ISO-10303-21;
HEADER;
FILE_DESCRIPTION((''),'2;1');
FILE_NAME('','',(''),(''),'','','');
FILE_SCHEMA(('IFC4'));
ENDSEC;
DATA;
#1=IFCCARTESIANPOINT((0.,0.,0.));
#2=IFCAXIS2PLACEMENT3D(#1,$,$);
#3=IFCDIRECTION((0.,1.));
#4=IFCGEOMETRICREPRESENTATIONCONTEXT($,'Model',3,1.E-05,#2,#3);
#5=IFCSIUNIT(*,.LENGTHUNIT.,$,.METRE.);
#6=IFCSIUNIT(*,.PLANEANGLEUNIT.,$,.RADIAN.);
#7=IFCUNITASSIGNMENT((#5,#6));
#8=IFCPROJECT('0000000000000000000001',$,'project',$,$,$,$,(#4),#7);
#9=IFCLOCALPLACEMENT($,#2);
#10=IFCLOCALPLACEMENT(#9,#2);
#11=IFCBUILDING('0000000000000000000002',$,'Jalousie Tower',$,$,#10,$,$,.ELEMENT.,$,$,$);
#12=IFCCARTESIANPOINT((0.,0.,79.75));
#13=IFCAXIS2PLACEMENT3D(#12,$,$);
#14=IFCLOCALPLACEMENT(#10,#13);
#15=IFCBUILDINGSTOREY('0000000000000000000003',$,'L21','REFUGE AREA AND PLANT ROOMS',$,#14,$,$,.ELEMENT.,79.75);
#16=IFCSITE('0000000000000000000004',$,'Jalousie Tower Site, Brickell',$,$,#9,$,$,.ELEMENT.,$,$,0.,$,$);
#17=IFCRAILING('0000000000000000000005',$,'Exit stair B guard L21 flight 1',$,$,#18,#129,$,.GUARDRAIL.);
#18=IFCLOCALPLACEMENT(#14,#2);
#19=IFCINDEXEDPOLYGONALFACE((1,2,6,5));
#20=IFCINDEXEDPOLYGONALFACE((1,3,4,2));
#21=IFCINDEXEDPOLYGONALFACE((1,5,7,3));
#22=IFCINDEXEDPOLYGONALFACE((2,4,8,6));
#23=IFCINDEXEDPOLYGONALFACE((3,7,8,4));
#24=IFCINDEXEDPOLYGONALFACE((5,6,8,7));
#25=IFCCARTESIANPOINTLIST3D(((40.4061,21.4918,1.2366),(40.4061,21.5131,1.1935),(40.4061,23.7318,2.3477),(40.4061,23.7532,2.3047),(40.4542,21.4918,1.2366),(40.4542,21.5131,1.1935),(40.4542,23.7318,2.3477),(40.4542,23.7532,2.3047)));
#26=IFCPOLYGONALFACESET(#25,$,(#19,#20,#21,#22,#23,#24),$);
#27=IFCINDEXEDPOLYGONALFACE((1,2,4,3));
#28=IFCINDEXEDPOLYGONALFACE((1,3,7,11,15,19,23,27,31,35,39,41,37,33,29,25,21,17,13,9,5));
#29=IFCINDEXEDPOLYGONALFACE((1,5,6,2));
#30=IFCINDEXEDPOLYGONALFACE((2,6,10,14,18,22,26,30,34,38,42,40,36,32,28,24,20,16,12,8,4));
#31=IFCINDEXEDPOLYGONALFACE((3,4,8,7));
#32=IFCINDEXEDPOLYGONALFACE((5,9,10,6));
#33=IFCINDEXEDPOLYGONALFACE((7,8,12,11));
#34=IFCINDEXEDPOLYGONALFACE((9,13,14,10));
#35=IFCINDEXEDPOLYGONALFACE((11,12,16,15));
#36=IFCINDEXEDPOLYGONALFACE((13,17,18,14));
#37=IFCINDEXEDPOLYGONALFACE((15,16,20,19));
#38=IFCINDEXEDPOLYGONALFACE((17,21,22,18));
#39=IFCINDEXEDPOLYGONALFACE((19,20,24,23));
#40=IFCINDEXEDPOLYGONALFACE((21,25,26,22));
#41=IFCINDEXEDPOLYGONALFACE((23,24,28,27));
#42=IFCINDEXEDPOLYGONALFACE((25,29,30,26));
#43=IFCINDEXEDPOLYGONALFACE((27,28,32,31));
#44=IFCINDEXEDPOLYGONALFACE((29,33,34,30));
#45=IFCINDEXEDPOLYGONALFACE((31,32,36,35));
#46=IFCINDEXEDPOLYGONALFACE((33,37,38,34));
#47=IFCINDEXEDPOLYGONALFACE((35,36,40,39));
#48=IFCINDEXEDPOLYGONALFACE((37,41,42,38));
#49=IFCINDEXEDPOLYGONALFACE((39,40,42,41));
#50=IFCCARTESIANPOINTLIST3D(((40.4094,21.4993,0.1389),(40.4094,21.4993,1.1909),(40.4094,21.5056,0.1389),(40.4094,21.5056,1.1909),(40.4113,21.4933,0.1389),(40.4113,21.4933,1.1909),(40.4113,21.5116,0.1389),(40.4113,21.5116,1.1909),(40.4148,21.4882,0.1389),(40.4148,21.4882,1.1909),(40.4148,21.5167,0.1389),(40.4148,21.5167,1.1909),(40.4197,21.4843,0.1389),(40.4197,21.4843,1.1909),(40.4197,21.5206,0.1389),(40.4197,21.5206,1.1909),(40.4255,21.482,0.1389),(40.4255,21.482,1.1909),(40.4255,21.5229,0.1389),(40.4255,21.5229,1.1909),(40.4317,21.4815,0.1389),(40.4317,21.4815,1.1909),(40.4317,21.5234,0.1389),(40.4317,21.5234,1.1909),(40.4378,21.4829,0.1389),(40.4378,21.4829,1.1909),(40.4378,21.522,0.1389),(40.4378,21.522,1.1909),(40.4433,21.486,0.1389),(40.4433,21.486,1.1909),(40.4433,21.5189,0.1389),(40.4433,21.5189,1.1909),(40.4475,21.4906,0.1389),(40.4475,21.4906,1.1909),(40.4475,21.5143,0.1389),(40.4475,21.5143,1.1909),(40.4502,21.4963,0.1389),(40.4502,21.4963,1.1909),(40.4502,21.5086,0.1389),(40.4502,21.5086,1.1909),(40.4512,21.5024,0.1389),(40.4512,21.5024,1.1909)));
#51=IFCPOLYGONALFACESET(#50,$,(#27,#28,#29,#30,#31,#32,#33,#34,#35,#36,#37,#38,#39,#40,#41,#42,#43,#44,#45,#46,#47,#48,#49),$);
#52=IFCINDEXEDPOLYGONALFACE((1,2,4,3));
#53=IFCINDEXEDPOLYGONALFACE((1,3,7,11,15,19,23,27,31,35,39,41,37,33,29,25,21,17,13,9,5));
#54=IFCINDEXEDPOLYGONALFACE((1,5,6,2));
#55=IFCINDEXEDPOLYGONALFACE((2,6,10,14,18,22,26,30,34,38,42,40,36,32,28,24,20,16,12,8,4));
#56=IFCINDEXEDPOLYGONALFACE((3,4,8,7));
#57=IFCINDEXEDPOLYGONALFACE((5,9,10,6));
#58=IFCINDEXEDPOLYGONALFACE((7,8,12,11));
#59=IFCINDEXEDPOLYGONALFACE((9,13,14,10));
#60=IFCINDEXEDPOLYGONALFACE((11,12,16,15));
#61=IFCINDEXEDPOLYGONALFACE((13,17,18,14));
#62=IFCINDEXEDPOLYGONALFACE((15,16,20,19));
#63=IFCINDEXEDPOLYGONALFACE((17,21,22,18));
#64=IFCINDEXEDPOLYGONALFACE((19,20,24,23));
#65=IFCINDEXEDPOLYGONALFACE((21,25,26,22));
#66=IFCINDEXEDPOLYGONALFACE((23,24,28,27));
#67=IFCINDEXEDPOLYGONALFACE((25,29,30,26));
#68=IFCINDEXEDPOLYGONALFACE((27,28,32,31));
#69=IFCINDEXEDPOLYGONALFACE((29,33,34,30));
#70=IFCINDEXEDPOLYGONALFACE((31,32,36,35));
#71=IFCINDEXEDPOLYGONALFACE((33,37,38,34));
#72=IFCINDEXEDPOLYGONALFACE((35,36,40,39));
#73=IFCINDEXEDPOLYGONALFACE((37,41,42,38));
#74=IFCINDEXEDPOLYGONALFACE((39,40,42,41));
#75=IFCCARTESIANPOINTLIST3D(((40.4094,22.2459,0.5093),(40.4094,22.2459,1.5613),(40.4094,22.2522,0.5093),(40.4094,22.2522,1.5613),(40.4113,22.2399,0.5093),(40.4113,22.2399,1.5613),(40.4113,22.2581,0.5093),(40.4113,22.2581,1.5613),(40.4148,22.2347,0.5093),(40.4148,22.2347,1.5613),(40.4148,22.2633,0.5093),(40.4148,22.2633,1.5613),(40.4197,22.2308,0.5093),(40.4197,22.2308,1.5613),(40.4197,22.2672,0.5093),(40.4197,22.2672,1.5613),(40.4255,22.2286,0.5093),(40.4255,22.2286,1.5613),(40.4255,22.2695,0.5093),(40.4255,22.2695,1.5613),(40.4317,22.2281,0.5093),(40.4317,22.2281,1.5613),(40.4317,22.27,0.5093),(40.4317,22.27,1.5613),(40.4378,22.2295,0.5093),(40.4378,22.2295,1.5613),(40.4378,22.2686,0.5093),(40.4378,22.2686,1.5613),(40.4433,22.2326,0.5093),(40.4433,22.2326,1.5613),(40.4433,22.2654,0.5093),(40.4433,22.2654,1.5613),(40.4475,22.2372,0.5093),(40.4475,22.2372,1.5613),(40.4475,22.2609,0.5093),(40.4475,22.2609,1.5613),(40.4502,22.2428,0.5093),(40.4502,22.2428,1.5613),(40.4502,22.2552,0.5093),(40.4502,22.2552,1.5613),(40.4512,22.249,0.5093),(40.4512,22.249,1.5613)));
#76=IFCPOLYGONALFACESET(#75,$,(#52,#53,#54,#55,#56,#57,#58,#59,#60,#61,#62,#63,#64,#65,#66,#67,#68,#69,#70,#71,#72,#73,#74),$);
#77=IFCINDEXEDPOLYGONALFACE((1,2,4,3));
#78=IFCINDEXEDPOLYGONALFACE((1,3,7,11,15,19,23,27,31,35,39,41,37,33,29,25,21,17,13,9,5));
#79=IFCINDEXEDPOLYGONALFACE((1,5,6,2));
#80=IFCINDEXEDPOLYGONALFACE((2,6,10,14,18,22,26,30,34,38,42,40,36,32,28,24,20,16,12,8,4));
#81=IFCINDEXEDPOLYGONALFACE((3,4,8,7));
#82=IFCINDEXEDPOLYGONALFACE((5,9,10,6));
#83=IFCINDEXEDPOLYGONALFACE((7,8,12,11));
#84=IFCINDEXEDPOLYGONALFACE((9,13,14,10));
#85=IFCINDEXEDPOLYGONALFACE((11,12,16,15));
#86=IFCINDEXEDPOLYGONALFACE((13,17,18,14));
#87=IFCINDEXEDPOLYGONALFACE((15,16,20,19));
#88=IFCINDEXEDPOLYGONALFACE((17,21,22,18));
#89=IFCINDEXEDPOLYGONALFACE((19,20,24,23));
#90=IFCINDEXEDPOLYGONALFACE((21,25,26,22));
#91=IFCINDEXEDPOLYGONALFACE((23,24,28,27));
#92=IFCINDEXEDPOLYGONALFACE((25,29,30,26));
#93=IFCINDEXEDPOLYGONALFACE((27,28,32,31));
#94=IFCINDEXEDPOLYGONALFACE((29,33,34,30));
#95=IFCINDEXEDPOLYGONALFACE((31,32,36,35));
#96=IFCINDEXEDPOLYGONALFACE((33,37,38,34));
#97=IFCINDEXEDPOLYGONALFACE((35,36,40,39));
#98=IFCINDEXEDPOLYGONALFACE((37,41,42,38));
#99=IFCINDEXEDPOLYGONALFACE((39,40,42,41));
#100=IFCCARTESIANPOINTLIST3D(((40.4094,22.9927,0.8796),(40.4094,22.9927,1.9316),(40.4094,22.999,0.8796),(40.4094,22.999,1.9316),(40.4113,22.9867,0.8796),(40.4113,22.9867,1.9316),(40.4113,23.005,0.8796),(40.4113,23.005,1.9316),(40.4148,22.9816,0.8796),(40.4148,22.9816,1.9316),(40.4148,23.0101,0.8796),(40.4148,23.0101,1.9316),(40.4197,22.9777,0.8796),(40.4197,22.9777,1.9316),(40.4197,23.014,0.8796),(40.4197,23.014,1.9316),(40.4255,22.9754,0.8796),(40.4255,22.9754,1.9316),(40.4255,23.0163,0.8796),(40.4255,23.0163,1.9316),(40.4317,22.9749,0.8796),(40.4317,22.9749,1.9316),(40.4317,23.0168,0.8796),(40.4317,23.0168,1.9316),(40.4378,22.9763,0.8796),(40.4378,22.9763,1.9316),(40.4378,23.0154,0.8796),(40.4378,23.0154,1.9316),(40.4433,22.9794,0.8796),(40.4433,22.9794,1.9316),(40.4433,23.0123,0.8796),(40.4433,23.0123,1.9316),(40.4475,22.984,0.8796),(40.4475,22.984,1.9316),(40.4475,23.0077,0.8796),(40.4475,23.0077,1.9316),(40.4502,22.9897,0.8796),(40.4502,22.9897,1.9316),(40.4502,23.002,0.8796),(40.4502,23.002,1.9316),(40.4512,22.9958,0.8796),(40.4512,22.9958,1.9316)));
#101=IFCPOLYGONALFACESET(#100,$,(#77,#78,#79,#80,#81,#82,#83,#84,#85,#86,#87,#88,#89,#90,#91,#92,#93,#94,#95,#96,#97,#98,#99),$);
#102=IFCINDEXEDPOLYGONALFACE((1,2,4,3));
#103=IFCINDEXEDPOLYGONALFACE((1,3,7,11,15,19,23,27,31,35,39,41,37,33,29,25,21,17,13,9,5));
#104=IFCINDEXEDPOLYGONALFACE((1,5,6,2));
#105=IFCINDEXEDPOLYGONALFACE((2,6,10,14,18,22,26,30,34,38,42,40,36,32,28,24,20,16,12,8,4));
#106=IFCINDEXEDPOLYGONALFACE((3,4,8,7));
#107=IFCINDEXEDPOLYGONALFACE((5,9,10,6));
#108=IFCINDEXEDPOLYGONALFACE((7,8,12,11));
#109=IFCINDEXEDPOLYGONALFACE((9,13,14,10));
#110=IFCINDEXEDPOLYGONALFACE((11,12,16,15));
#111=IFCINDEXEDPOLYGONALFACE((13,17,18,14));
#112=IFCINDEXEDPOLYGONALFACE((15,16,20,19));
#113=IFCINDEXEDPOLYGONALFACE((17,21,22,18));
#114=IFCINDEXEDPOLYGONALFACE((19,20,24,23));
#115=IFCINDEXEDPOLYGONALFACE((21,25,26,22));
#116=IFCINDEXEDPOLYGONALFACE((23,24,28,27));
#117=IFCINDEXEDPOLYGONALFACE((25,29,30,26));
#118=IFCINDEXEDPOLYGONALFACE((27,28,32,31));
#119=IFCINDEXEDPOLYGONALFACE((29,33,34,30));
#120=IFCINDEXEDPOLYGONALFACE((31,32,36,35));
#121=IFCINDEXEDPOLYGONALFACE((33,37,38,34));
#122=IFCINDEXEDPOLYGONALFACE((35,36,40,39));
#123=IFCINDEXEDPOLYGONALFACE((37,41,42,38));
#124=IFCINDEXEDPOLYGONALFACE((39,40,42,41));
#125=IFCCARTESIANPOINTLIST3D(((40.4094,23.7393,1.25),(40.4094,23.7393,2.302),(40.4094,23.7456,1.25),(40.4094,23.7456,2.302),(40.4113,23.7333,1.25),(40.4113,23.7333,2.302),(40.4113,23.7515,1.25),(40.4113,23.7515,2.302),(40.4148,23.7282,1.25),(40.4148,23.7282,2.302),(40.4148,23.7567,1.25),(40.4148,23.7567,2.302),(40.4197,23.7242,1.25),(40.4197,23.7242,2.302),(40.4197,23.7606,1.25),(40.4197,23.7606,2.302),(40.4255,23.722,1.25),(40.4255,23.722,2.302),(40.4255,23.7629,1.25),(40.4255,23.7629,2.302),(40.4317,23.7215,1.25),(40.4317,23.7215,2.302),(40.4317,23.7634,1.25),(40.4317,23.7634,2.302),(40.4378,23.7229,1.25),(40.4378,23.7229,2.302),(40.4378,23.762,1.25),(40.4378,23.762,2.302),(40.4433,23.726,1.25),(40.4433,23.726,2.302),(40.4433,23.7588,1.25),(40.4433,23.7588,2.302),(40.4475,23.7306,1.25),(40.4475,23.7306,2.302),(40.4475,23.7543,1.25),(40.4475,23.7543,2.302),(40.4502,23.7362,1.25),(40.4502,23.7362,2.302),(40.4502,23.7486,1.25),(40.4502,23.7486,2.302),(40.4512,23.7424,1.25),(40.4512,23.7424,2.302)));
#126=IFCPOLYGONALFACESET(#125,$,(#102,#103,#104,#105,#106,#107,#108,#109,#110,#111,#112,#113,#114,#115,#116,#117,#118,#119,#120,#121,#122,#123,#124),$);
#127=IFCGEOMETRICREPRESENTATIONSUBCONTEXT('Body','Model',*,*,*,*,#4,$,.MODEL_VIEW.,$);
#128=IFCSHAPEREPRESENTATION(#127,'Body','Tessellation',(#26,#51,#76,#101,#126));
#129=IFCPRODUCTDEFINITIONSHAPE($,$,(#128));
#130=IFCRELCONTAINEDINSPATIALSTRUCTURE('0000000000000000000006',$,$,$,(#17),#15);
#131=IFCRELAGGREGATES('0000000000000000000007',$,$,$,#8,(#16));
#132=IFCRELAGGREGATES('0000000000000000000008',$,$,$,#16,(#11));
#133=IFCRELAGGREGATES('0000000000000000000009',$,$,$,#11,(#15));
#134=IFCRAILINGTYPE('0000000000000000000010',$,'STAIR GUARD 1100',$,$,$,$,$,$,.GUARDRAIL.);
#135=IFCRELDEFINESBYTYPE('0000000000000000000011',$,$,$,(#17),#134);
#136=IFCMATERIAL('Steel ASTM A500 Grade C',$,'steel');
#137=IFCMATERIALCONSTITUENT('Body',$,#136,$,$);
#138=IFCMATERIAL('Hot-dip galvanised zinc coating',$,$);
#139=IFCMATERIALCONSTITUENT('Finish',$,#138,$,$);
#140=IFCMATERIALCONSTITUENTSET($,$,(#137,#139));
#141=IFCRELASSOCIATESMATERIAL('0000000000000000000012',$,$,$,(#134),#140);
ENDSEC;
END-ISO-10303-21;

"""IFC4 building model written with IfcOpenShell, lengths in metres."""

from ifc_helpers import new_model, si_unit, direction, frame, origin, origin_2d, place, context, subcontext, project, spatial, rectangle, circle, extrude, material, constituent, constituent_set, type_object, element, save


model = new_model("IFC4")

# Units and contexts
model_context = context("Model", 3, precision=1e-05, world=origin(), true_north=direction((0.0, 1.0)))
body_context = subcontext(model_context, "Body", "Model", "MODEL_VIEW")
ifc_project = project(units=[si_unit("LENGTHUNIT", "METRE"), si_unit("PLANEANGLEUNIT", "RADIAN")], contexts=[model_context])

# Site, building, storey
site_placement = place(None, origin())
site = spatial("IfcSite", under=ifc_project, at=site_placement, Name="Jalousie Tower Site, Brickell", CompositionType="ELEMENT", RefElevation=0.0)
building_placement = place(site_placement, origin())
building = spatial("IfcBuilding", under=site, at=building_placement, Name="Jalousie Tower", CompositionType="ELEMENT")
storey_placement = place(building_placement, frame((0.0, 0.0, 79.75)))
storey = spatial("IfcBuildingStorey", under=building, at=storey_placement, Name="L21", Description="REFUGE AREA AND PLANT ROOMS", CompositionType="ELEMENT", Elevation=79.75)

# Railing
ifc_material_1 = material(Name="Steel ASTM A500 Grade C", Category="steel")
ifc_constituent_1 = constituent(ifc_material_1, Name="Body")
ifc_material_2 = material(Name="Hot-dip galvanised zinc coating")
ifc_constituent_2 = constituent(ifc_material_2, Name="Finish")
ifc_constituent_set_1 = constituent_set(constituents=[ifc_constituent_1, ifc_constituent_2])
railing_type = type_object("IfcRailingType", Name="STAIR GUARD 1100", PredefinedType="GUARDRAIL", material=ifc_constituent_set_1)
for number, where, name in (
    (1, (40.4302, 21.5024, 0.1389), "Exit stair B guard L21 flight 1"),
):
    element("IfcRailing", number, at=place(storey_placement, frame(where)), inside=storey, type_object=railing_type, Name=name, PredefinedType="GUARDRAIL", context=body_context, shape_type="SweptSolid", body=[
        extrude(rectangle(XDim=0.0481, YDim=0.0481, at=origin_2d()), frame((0.0, 0.0, 1.0762), z_axis=(0.0, 0.895848, 0.44436), x_axis=(-1.0, 0.0, 0.0)), (0.0, 0.0, 1.0), 2.5005),
        extrude(circle(Radius=0.021, at=origin_2d()), origin(), (0.0, 0.0, 1.0), 1.052),
        extrude(circle(Radius=0.021, at=origin_2d()), frame((0.0, 0.7466, 0.3704)), (0.0, 0.0, 1.0), 1.052),
        extrude(circle(Radius=0.021, at=origin_2d()), frame((0.0, 1.4934, 0.7407)), (0.0, 0.0, 1.0), 1.052),
        extrude(circle(Radius=0.021, at=origin_2d()), frame((0.0, 2.24, 1.1111)), (0.0, 0.0, 1.0), 1.052),
    ])

save(model, "model.ifc")
